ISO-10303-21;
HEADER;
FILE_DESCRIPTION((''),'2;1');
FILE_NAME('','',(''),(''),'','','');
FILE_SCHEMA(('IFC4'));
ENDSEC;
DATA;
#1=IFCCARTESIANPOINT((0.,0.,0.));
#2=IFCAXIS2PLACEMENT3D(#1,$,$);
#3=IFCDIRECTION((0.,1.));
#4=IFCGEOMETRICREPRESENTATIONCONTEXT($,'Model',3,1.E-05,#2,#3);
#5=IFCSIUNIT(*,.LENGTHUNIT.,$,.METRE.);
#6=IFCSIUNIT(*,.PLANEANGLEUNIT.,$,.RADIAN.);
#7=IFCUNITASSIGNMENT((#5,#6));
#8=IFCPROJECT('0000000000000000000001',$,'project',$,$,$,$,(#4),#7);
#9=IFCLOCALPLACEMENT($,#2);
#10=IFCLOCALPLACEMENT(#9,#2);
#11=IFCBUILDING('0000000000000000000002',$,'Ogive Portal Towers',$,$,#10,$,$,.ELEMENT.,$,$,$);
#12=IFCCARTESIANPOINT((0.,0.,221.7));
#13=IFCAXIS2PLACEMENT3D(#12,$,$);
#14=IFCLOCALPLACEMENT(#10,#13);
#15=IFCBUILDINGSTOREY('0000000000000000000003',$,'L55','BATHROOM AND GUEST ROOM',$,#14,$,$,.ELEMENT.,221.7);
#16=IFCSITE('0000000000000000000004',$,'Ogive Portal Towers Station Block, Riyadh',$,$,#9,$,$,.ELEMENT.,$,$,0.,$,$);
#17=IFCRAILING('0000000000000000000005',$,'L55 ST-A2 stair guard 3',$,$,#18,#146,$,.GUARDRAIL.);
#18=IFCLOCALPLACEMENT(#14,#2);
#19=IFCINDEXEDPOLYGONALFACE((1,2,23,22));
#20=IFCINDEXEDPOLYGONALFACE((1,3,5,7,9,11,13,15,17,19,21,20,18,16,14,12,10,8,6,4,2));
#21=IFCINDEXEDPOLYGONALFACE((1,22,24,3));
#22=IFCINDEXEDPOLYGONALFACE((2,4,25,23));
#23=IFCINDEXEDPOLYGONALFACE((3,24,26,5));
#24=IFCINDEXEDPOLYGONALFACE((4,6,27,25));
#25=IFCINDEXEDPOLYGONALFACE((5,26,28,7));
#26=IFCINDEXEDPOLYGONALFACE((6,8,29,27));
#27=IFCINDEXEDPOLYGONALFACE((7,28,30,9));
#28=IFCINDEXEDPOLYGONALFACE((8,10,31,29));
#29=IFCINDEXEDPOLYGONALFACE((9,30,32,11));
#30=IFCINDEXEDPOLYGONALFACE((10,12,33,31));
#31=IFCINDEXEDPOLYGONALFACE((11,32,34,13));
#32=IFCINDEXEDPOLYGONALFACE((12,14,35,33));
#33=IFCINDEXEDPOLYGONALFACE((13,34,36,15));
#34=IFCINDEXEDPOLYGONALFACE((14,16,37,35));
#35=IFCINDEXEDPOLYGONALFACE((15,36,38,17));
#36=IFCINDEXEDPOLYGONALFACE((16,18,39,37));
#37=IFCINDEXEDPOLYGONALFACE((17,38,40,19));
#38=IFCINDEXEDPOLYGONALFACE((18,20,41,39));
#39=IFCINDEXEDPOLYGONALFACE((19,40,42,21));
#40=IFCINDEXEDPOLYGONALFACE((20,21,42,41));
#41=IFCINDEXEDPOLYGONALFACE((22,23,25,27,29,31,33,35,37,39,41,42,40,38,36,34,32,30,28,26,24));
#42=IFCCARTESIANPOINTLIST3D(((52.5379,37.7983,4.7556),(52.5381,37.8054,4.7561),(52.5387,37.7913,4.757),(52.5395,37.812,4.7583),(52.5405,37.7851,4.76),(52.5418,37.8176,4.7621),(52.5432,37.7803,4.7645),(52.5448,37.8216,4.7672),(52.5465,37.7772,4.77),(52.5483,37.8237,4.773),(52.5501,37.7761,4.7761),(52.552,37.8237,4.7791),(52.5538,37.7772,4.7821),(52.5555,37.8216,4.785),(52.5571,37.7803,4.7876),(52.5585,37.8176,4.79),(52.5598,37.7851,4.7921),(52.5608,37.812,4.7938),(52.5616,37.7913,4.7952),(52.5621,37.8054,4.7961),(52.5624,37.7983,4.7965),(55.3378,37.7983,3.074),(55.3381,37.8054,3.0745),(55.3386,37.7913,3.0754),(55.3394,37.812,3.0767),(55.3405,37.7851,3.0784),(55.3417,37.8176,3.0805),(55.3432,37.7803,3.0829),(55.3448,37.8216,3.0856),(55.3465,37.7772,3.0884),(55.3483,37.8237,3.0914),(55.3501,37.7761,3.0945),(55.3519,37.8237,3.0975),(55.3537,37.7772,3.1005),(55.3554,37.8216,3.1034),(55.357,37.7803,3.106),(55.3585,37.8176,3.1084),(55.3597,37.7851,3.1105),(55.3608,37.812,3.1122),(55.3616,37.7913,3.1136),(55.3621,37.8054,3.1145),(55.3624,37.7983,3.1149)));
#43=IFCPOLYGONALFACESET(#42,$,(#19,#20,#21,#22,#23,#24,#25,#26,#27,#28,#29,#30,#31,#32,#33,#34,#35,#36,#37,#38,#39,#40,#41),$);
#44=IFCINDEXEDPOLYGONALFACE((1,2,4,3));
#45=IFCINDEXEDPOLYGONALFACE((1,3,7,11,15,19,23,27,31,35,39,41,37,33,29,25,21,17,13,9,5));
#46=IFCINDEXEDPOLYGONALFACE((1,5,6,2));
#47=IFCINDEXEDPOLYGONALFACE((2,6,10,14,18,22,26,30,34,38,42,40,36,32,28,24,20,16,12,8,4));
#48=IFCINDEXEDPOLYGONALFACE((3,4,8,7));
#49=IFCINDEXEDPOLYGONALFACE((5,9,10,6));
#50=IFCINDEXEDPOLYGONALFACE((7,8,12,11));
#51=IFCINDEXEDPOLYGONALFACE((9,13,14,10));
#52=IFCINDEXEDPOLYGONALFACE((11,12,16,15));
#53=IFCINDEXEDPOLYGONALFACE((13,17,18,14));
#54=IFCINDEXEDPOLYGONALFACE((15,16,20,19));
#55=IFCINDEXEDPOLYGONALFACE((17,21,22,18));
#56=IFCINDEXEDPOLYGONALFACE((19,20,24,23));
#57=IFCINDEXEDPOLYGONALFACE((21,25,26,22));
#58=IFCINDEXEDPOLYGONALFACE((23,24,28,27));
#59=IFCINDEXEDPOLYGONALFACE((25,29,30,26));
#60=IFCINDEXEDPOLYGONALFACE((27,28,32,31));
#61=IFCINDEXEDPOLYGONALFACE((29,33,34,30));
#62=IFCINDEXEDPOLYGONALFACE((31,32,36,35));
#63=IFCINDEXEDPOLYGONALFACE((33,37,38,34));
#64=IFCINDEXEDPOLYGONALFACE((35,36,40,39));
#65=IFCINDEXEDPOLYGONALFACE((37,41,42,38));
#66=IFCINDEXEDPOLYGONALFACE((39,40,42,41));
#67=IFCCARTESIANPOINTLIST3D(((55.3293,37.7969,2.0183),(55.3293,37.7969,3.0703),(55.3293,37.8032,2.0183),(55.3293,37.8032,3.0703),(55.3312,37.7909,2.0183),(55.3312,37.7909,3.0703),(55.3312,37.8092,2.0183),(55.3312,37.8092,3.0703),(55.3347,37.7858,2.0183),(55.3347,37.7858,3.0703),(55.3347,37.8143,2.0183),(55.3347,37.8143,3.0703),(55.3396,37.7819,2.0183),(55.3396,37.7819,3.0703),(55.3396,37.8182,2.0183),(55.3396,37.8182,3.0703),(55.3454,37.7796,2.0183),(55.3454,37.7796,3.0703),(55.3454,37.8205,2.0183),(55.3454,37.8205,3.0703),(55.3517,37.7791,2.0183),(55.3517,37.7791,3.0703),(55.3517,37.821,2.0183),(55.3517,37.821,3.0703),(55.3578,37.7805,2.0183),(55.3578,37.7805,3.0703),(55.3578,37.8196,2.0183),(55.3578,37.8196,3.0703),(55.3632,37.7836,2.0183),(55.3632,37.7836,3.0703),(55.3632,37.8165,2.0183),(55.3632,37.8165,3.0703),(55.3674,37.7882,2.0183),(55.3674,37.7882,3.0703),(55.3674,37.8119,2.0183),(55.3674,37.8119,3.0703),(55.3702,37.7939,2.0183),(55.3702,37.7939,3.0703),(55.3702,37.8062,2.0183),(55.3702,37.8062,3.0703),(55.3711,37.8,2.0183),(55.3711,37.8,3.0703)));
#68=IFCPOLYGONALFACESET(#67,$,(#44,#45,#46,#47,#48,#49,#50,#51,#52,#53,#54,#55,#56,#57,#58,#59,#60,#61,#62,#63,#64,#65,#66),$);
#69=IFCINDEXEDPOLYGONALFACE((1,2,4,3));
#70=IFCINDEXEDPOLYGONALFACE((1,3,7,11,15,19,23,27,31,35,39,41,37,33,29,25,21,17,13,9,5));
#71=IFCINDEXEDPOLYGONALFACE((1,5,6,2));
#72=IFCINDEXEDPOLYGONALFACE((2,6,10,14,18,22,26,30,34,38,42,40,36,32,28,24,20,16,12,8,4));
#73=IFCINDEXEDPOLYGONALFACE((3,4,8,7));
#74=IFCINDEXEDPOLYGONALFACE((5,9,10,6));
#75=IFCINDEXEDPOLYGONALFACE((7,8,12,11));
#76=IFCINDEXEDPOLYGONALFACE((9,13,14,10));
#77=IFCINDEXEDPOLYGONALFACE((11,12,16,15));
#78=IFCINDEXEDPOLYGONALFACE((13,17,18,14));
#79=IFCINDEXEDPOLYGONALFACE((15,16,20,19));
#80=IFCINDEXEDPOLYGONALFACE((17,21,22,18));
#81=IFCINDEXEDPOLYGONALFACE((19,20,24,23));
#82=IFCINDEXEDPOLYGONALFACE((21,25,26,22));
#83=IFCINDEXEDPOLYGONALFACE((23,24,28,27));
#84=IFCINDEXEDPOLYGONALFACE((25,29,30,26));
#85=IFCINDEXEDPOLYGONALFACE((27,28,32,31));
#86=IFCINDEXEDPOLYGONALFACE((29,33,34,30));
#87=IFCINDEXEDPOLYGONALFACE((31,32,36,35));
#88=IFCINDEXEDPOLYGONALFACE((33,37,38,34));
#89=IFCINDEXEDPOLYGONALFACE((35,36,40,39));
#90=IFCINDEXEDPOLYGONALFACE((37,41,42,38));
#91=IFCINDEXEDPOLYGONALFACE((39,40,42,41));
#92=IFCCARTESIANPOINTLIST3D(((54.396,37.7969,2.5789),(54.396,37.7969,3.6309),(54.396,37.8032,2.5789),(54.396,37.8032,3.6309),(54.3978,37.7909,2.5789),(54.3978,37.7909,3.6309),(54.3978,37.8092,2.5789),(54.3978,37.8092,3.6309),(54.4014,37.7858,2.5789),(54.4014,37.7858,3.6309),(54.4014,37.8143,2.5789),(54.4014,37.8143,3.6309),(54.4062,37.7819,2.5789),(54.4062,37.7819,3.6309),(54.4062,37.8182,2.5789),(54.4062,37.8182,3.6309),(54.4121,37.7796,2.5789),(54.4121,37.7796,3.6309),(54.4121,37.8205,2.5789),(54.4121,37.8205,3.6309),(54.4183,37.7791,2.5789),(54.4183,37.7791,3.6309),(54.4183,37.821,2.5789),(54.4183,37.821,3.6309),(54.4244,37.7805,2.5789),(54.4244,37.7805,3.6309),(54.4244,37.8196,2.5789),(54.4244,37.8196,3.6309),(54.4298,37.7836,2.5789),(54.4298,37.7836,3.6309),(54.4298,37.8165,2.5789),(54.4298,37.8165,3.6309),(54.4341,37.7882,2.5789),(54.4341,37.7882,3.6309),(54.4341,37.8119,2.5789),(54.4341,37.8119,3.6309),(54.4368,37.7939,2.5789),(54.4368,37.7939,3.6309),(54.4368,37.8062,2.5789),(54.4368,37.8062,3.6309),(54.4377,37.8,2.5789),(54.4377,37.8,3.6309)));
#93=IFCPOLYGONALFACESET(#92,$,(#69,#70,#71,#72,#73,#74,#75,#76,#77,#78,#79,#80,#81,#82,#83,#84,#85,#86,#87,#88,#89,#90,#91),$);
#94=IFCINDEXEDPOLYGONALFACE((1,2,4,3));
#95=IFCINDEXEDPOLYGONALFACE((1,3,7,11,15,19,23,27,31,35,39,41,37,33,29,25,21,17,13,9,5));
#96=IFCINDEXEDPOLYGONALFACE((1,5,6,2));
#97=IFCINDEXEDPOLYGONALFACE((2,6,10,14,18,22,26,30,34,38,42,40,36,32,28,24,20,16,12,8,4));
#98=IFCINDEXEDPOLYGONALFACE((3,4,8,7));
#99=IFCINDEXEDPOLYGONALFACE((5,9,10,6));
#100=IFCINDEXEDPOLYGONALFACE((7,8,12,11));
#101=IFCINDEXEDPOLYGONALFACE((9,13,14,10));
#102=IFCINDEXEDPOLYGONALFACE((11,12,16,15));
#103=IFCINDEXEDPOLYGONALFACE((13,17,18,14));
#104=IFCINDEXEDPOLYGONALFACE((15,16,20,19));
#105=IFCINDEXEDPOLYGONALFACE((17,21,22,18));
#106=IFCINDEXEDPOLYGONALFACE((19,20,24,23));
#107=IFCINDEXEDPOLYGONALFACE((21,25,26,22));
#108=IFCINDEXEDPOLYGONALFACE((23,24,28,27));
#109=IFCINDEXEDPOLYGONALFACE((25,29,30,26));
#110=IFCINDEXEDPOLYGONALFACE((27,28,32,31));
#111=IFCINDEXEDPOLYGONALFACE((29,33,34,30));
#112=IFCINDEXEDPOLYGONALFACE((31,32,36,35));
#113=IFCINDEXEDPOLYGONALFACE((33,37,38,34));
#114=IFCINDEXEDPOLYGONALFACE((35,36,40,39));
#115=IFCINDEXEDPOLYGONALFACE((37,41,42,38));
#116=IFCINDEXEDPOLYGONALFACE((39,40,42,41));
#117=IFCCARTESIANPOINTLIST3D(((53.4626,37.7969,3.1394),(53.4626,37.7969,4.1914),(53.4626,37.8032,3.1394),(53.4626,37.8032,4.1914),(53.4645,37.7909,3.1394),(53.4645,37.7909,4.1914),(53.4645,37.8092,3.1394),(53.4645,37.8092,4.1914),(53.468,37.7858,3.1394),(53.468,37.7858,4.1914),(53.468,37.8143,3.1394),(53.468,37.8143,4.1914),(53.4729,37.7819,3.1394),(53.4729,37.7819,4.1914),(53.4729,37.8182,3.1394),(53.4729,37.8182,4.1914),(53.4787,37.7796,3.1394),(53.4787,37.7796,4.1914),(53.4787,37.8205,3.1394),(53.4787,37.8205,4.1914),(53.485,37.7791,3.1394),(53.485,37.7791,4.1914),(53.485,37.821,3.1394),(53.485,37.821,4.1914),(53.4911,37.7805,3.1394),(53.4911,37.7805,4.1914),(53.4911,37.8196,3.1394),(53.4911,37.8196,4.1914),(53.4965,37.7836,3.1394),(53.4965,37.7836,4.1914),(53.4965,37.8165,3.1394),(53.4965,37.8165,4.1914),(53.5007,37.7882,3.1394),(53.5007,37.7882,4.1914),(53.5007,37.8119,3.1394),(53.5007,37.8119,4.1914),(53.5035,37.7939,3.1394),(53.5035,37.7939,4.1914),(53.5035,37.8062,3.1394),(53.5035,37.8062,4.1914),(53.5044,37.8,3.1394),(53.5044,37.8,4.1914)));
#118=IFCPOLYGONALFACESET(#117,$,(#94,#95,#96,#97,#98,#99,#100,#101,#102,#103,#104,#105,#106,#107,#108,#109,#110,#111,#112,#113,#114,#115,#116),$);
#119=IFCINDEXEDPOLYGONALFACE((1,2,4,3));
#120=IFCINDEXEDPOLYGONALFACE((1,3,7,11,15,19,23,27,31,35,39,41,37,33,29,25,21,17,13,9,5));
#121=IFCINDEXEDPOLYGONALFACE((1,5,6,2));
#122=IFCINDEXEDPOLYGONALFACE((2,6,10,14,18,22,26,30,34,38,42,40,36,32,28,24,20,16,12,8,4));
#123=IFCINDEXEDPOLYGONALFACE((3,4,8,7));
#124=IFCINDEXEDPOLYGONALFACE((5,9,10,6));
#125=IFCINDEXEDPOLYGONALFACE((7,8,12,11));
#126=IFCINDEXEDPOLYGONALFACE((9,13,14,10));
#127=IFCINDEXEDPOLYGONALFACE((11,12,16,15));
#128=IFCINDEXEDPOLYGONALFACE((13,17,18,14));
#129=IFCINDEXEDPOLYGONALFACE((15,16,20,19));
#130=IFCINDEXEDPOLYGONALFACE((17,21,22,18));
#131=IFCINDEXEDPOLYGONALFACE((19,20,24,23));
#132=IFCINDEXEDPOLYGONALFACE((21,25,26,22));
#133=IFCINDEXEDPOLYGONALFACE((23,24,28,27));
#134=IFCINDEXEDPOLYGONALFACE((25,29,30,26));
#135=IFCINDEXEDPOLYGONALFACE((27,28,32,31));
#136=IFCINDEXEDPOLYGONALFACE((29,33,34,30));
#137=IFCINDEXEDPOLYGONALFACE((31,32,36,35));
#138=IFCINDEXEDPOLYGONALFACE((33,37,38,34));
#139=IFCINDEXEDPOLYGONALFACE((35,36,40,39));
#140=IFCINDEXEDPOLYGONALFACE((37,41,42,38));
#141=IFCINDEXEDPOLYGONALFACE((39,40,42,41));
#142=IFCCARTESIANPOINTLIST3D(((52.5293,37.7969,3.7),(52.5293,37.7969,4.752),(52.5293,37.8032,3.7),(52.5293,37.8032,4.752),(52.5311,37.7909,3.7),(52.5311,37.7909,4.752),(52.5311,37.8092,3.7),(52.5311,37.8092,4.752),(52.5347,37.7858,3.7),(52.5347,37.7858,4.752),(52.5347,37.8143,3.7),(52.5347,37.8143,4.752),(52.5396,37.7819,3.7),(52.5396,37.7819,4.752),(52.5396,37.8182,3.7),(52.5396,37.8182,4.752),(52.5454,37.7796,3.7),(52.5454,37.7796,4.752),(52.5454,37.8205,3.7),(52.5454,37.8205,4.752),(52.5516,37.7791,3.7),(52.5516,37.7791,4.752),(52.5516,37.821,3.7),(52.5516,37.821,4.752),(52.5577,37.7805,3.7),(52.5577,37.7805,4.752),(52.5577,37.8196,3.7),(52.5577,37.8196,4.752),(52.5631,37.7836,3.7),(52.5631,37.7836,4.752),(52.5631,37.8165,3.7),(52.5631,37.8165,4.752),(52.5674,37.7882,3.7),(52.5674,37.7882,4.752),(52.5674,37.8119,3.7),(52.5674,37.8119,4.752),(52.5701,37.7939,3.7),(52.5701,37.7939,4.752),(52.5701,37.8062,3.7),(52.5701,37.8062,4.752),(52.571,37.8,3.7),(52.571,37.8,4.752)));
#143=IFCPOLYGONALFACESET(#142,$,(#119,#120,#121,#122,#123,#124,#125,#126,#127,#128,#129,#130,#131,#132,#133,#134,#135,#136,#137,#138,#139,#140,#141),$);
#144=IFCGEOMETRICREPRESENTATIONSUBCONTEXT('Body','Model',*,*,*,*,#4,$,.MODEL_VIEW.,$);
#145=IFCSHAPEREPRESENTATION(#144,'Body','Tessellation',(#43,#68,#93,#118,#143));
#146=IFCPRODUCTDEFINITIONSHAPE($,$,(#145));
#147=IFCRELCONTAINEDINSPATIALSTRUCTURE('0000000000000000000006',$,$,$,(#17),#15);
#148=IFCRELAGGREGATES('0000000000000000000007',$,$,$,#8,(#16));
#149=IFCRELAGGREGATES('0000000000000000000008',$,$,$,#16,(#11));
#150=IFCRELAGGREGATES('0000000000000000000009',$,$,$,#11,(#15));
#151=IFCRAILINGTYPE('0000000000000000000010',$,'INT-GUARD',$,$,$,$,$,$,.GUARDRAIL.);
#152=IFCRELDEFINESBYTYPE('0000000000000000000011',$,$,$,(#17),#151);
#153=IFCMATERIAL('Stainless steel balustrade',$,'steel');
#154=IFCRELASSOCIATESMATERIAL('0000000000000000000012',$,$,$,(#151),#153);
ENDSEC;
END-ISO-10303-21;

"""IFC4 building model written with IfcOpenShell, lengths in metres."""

from ifc_helpers import new_model, si_unit, direction, frame, origin, origin_2d, place, context, subcontext, project, spatial, circle, extrude, material, type_object, element, save


model = new_model("IFC4")

# Units and contexts
model_context = context("Model", 3, precision=1e-05, world=origin(), true_north=direction((0.0, 1.0)))
body_context = subcontext(model_context, "Body", "Model", "MODEL_VIEW")
ifc_project = project(units=[si_unit("LENGTHUNIT", "METRE"), si_unit("PLANEANGLEUNIT", "RADIAN")], contexts=[model_context])

# Site, building, storey
site_placement = place(None, origin())
site = spatial("IfcSite", under=ifc_project, at=site_placement, Name="Ogive Portal Towers Station Block, Riyadh", CompositionType="ELEMENT", RefElevation=0.0)
building_placement = place(site_placement, origin())
building = spatial("IfcBuilding", under=site, at=building_placement, Name="Ogive Portal Towers", CompositionType="ELEMENT")
storey_placement = place(building_placement, frame((0.0, 0.0, 221.7)))
storey = spatial("IfcBuildingStorey", under=building, at=storey_placement, Name="L55", Description="BATHROOM AND GUEST ROOM", CompositionType="ELEMENT", Elevation=221.7)

# Railing
ifc_material_1 = material(Name="Stainless steel balustrade", Category="steel")
railing_type_1 = type_object("IfcRailingType", Name="INT-GUARD", PredefinedType="GUARDRAIL", material=ifc_material_1)
railing_1_placement = place(storey_placement, frame((55.3501, 37.8, 2.0183)))
element("IfcRailing", 1, at=railing_1_placement, inside=storey, type_object=railing_type_1, Name="L55 ST-A2 stair guard 3", PredefinedType="GUARDRAIL", context=body_context, shape_type="SweptSolid", body=[
    extrude(circle(Radius=0.0239, at=origin_2d()), frame((0.0, 0.0, 1.0762), z_axis=(-0.857275, 0.0, 0.514858), x_axis=(0.0, -1.0, 0.0)), (0.0, 0.0, 1.0), 3.2661),
    extrude(circle(Radius=0.021, at=origin_2d()), origin(), (0.0, 0.0, 1.0), 1.052),
    extrude(circle(Radius=0.021, at=origin_2d()), frame((-0.9333, 0.0, 0.5605)), (0.0, 0.0, 1.0), 1.052),
    extrude(circle(Radius=0.021, at=origin_2d()), frame((-1.8667, 0.0, 1.1211)), (0.0, 0.0, 1.0), 1.052),
    extrude(circle(Radius=0.021, at=origin_2d()), frame((-2.8, 0.0, 1.6816)), (0.0, 0.0, 1.0), 1.052),
])

save(model, "model.ifc")
